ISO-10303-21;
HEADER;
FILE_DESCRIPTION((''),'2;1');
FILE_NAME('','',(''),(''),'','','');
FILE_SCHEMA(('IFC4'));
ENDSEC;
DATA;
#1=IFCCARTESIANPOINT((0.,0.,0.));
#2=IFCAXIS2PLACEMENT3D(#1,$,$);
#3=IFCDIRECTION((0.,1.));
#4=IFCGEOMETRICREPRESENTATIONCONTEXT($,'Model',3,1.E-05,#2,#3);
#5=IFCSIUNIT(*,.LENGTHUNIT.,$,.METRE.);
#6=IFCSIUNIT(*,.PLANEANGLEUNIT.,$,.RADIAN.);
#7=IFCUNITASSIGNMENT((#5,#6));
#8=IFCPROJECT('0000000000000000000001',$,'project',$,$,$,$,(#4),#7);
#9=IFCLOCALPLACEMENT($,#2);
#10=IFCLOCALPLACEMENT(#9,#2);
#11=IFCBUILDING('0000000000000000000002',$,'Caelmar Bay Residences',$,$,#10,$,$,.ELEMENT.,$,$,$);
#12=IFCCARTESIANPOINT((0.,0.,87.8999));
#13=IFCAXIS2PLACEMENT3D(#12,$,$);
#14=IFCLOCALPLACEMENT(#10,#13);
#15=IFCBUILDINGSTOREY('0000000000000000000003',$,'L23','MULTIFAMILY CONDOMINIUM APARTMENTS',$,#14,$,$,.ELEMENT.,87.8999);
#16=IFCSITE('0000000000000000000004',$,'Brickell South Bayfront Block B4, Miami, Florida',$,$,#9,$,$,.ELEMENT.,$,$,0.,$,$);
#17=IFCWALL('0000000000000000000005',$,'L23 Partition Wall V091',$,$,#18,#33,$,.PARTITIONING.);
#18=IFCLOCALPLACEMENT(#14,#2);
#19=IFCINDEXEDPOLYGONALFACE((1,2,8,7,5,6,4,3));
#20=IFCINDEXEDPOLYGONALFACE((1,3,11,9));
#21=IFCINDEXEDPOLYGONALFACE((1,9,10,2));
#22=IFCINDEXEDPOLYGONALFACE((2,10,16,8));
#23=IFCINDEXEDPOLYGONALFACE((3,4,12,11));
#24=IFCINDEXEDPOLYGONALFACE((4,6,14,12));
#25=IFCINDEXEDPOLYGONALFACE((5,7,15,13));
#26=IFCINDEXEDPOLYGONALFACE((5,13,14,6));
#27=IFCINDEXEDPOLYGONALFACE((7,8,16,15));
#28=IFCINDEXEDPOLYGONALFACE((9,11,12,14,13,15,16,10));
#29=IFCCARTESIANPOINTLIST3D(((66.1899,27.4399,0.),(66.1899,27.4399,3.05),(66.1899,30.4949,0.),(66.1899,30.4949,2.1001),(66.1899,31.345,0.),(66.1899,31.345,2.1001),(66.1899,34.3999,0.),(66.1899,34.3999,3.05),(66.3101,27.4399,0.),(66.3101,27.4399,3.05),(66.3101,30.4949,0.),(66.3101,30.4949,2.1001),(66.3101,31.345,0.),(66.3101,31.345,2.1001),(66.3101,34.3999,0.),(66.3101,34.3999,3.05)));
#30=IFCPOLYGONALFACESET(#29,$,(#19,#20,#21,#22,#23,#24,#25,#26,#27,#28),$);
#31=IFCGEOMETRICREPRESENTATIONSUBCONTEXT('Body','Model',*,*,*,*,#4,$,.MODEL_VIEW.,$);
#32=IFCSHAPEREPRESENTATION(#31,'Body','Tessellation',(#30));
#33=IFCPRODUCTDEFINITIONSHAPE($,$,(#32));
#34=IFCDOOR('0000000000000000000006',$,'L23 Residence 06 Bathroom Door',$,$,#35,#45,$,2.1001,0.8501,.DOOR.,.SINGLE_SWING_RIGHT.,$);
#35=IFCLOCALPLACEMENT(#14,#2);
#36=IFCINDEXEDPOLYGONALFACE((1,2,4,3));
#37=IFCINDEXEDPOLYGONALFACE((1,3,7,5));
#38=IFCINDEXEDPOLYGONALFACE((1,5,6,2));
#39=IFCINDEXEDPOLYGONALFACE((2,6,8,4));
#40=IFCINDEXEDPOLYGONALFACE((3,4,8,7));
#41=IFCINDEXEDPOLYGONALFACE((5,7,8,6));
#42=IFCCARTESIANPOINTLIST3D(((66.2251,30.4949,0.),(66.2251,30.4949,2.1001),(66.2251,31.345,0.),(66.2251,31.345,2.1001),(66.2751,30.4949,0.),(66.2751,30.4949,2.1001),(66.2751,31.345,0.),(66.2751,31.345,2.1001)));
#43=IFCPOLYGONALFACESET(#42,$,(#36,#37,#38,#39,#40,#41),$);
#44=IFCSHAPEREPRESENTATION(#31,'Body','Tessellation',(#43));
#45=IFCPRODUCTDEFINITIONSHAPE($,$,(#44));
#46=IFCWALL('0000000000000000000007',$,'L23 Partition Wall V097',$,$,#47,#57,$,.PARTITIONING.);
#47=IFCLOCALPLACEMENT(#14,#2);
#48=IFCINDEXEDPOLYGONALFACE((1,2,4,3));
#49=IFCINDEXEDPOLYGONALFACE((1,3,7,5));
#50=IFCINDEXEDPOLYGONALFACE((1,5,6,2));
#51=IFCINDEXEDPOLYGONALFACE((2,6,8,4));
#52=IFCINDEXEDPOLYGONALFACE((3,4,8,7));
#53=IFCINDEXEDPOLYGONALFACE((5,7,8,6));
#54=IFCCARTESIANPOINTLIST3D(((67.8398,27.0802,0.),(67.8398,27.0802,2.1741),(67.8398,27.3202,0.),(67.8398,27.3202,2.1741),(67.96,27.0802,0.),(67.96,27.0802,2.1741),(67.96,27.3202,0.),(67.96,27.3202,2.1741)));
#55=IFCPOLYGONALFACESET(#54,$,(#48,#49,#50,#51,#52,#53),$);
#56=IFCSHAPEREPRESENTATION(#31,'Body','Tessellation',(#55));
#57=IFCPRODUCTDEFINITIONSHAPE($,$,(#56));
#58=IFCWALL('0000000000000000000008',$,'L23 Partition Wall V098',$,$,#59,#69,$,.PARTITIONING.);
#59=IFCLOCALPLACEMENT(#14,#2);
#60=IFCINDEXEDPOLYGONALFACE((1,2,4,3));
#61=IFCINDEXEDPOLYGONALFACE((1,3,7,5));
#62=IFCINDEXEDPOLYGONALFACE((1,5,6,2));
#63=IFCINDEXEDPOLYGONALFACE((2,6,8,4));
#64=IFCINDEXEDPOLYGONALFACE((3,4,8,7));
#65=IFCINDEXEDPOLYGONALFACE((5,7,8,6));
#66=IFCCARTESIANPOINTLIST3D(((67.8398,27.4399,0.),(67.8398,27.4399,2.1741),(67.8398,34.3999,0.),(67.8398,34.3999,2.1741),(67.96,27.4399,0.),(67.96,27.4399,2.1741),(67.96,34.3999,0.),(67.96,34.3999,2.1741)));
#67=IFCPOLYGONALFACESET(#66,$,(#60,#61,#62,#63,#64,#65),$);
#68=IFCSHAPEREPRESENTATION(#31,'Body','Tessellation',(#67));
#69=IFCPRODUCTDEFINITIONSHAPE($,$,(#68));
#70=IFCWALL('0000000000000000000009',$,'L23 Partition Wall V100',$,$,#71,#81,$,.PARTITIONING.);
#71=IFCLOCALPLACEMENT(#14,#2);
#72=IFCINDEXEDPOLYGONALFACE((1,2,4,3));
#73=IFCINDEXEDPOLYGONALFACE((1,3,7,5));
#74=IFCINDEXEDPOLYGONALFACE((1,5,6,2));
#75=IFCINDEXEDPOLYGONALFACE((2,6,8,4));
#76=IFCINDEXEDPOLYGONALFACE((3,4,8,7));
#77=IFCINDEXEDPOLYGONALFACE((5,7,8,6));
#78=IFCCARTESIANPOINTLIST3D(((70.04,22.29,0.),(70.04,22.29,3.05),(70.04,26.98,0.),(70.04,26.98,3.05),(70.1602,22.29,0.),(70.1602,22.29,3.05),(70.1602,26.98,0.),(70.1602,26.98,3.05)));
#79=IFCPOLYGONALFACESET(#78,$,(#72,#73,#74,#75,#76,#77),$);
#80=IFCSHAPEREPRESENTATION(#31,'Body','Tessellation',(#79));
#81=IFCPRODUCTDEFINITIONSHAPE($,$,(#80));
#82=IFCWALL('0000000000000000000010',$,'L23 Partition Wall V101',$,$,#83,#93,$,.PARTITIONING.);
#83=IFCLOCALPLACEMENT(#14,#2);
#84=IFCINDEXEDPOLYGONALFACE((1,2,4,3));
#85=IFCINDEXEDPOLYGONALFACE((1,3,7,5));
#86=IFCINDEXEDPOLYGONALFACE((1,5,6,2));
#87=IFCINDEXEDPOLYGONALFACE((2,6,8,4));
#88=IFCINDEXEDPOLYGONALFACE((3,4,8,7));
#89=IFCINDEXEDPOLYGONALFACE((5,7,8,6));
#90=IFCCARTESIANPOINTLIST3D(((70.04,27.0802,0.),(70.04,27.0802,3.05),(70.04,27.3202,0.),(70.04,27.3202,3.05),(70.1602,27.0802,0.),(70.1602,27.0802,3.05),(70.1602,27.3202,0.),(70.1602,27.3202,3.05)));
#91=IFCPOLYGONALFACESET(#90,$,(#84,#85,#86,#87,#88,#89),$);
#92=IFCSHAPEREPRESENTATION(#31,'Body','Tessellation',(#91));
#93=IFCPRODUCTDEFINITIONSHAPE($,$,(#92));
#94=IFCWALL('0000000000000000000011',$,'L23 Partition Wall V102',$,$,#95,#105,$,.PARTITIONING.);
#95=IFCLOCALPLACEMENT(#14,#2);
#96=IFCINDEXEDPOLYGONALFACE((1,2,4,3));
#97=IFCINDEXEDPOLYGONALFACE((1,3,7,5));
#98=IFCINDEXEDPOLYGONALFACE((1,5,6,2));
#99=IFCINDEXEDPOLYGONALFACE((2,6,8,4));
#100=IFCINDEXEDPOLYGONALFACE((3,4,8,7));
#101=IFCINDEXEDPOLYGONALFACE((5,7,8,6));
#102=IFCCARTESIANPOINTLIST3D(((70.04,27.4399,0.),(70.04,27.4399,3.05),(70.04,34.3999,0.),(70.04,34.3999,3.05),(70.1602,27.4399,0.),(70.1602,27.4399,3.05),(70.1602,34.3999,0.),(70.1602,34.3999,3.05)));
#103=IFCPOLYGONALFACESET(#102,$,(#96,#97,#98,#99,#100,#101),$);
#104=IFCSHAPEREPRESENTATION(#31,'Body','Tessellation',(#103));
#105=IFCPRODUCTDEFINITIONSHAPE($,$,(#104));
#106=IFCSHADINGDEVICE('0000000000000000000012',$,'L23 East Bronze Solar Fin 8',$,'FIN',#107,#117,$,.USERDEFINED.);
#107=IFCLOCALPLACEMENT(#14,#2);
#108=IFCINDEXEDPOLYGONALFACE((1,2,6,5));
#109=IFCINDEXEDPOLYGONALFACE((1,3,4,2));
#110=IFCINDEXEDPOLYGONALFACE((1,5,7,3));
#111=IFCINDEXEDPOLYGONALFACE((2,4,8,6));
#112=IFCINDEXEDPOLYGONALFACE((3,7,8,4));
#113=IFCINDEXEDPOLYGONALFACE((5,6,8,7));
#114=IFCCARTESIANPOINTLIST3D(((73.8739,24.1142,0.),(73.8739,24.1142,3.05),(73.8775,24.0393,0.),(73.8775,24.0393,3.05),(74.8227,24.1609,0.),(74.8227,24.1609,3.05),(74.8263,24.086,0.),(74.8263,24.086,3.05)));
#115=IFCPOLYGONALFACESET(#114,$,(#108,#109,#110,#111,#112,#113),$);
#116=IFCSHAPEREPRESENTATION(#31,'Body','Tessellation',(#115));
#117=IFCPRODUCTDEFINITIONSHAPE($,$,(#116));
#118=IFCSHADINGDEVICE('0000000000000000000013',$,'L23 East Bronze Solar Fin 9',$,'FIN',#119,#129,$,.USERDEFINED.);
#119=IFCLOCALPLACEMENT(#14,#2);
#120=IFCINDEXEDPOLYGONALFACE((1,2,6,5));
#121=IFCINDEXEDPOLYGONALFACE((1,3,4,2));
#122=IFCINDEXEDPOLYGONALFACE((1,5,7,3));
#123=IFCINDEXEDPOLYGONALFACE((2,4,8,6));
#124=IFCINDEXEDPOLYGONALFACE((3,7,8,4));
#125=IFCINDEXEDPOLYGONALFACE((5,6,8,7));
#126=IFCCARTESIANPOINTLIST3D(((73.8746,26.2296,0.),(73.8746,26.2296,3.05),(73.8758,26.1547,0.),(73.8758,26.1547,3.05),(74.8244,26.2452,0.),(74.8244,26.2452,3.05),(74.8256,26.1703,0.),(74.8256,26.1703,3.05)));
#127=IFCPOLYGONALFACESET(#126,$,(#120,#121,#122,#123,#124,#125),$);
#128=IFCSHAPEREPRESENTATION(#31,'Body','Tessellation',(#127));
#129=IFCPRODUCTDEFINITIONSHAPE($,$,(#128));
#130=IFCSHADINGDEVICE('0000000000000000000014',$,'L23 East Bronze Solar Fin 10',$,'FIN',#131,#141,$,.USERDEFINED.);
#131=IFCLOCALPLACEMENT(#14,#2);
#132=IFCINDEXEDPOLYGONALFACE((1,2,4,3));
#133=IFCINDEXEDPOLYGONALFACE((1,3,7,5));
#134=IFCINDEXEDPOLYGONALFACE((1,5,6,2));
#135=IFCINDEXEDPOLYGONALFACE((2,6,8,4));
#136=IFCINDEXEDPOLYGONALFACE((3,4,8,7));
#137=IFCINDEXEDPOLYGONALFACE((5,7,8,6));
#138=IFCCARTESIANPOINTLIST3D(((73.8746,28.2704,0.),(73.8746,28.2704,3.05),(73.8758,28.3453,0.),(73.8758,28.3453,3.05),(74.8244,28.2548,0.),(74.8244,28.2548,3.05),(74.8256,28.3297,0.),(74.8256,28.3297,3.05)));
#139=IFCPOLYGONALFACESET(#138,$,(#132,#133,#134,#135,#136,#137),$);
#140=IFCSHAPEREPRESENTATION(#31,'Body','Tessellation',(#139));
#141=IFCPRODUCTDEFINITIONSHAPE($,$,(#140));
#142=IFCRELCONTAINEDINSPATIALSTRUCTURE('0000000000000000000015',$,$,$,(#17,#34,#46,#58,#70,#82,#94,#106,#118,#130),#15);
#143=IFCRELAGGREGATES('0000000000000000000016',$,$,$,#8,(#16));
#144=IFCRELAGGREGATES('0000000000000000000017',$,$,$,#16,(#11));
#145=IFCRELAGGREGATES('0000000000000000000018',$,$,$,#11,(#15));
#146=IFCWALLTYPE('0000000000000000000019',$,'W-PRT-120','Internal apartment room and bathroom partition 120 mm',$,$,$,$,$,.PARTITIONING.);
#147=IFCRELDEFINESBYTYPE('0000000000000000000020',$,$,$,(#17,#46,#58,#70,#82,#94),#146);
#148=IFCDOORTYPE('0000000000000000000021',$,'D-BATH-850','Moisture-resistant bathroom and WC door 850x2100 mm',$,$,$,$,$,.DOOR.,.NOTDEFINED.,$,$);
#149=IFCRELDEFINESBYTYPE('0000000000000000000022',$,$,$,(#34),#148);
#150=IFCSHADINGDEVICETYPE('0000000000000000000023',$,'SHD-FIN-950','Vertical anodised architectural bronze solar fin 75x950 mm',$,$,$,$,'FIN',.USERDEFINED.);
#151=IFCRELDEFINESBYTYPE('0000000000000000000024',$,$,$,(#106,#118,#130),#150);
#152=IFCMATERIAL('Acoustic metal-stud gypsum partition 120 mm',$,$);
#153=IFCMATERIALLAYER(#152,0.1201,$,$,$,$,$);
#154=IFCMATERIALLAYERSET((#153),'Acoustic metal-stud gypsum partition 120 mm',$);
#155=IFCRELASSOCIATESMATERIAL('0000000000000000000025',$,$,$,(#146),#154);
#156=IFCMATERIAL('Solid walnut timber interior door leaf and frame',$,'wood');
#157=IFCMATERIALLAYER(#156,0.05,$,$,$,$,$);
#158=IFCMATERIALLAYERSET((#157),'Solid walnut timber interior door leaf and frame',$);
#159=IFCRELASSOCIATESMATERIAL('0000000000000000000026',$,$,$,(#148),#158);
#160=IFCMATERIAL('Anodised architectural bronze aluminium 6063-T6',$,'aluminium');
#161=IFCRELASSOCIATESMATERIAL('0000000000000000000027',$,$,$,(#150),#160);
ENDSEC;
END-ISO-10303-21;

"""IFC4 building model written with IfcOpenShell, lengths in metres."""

from ifc_helpers import new_model, si_unit, direction, frame, frame_2d, origin, origin_2d, place, context, subcontext, project, spatial, rectangle, extrude, material, layer, layer_set, material_profile, profile_set, type_object, element, fill, save


model = new_model("IFC4")

# Units and contexts
model_context = context("Model", 3, precision=1e-05, world=origin(), true_north=direction((0.0, 1.0)))
body_context = subcontext(model_context, "Body", "Model", "MODEL_VIEW")
ifc_project = project(units=[si_unit("LENGTHUNIT", "METRE"), si_unit("PLANEANGLEUNIT", "RADIAN")], contexts=[model_context])

# Site, building, storey
site_placement = place(None, origin())
site = spatial("IfcSite", under=ifc_project, at=site_placement, Name="Brickell South Bayfront Block B4, Miami, Florida", CompositionType="ELEMENT", RefElevation=0.0)
building_placement = place(site_placement, origin())
building = spatial("IfcBuilding", under=site, at=building_placement, Name="Caelmar Bay Residences", CompositionType="ELEMENT")
storey_placement = place(building_placement, frame((0.0, 0.0, 87.8999)))
storey = spatial("IfcBuildingStorey", under=building, at=storey_placement, Name="L23", Description="MULTIFAMILY CONDOMINIUM APARTMENTS", CompositionType="ELEMENT", Elevation=87.8999)

# Shared definitions
ifc_material_1 = material(Name="Solid walnut timber interior door leaf and frame", Category="wood")
ifc_material_2 = material(Name="Acoustic metal-stud gypsum partition 120 mm")
ifc_layer_1 = layer(ifc_material_2, 0.1201)
ifc_layer_set_1 = layer_set([ifc_layer_1], Name="Acoustic metal-stud gypsum partition 120 mm")
wall_type_1 = type_object("IfcWallType", Name="W-PRT-120", Description="Internal apartment room and bathroom partition 120 mm", PredefinedType="PARTITIONING", material=ifc_layer_set_1)

# Wall, opening, door
wall_1_placement = place(storey_placement, frame((66.25, 27.4399, 0.0), z_axis=(0.0, 0.0, 1.0), x_axis=(0.0, 1.0, 0.0)))
wall_1 = element("IfcWall", 1, at=wall_1_placement, inside=storey, type_object=wall_type_1, Name="L23 Partition Wall V091", PredefinedType="PARTITIONING", context=body_context, shape_type="SweptSolid", body=[
    extrude(rectangle(XDim=6.96, YDim=0.1201, at=frame_2d((3.48, 0.0))), origin(), (0.0, 0.0, 1.0), 3.05),
])
opening_1_placement = place(wall_1_placement, frame((3.0549, 0.0, 0.0)))
opening_1 = element("IfcOpeningElement", 2, at=opening_1_placement, cuts=wall_1, PredefinedType="OPENING", context=body_context, shape_type="SweptSolid", body=[
    extrude(rectangle(XDim=0.8501, YDim=2.1001, at=frame_2d((0.425, 1.05))), frame((0.0, 0.0701, 0.0), z_axis=(0.0, -1.0, 0.0), x_axis=(1.0, 0.0, 0.0)), (0.0, 0.0, 1.0), 0.1401),
])
ifc_layer_2 = layer(ifc_material_1, 0.05)
ifc_layer_set_2 = layer_set([ifc_layer_2], Name="Solid walnut timber interior door leaf and frame")
door_type_1 = type_object("IfcDoorType", Name="D-BATH-850", Description="Moisture-resistant bathroom and WC door 850x2100 mm", OperationType="NOTDEFINED", PredefinedType="DOOR", material=ifc_layer_set_2)
door_1_placement = place(opening_1_placement, origin())
door_1 = element("IfcDoor", 3, at=door_1_placement, inside=storey, type_object=door_type_1, Name="L23 Residence 06 Bathroom Door", OperationType="SINGLE_SWING_RIGHT", OverallHeight=2.1001, OverallWidth=0.8501, PredefinedType="DOOR", context=body_context, shape_type="SweptSolid", body=[
    extrude(rectangle(XDim=0.8501, YDim=2.1001, at=frame_2d((0.425, 1.05))), frame((0.0, 0.0249, 0.0), z_axis=(0.0, -1.0, 0.0), x_axis=(1.0, 0.0, 0.0)), (0.0, 0.0, 1.0), 0.05),
])
fill(opening_1, door_1)

# Walls
wall_2_placement = place(storey_placement, frame((67.8999, 27.0801, 0.0), z_axis=(0.0, 0.0, 1.0), x_axis=(0.0, 1.0, 0.0)))
element("IfcWall", 4, at=wall_2_placement, inside=storey, type_object=wall_type_1, Name="L23 Partition Wall V097", PredefinedType="PARTITIONING", context=body_context, shape_type="SweptSolid", body=[
    extrude(rectangle(XDim=0.24, YDim=0.1201, at=frame_2d((0.1201, 0.0))), origin(), (0.0, 0.0, 1.0), 2.1741),
])
wall_3_placement = place(storey_placement, frame((67.8999, 27.4399, 0.0), z_axis=(0.0, 0.0, 1.0), x_axis=(0.0, 1.0, 0.0)))
element("IfcWall", 5, at=wall_3_placement, inside=storey, type_object=wall_type_1, Name="L23 Partition Wall V098", PredefinedType="PARTITIONING", context=body_context, shape_type="SweptSolid", body=[
    extrude(rectangle(XDim=6.96, YDim=0.1201, at=frame_2d((3.48, 0.0))), origin(), (0.0, 0.0, 1.0), 2.1741),
])
wall_4_placement = place(storey_placement, frame((70.1001, 22.29, 0.0), z_axis=(0.0, 0.0, 1.0), x_axis=(0.0, 1.0, 0.0)))
element("IfcWall", 6, at=wall_4_placement, inside=storey, type_object=wall_type_1, Name="L23 Partition Wall V100", PredefinedType="PARTITIONING", context=body_context, shape_type="SweptSolid", body=[
    extrude(rectangle(XDim=4.6899, YDim=0.1201, at=frame_2d((2.345, 0.0))), origin(), (0.0, 0.0, 1.0), 3.05),
])
wall_5_placement = place(storey_placement, frame((70.1001, 27.0801, 0.0), z_axis=(0.0, 0.0, 1.0), x_axis=(0.0, 1.0, 0.0)))
element("IfcWall", 7, at=wall_5_placement, inside=storey, type_object=wall_type_1, Name="L23 Partition Wall V101", PredefinedType="PARTITIONING", context=body_context, shape_type="SweptSolid", body=[
    extrude(rectangle(XDim=0.24, YDim=0.1201, at=frame_2d((0.1201, 0.0))), origin(), (0.0, 0.0, 1.0), 3.05),
])
wall_6_placement = place(storey_placement, frame((70.1001, 27.4399, 0.0), z_axis=(0.0, 0.0, 1.0), x_axis=(0.0, 1.0, 0.0)))
element("IfcWall", 8, at=wall_6_placement, inside=storey, type_object=wall_type_1, Name="L23 Partition Wall V102", PredefinedType="PARTITIONING", context=body_context, shape_type="SweptSolid", body=[
    extrude(rectangle(XDim=6.96, YDim=0.1201, at=frame_2d((3.48, 0.0))), origin(), (0.0, 0.0, 1.0), 3.05),
])

# Shading devices
ifc_material_3 = material(Name="Anodised architectural bronze aluminium 6063-T6", Category="aluminium")
ifc_material_profile_1 = material_profile(ifc_material_3, rectangle(XDim=0.075, YDim=0.95, at=origin_2d()), Name="BRONZE-FIN-75X950")
ifc_profile_set_1 = profile_set([ifc_material_profile_1], Name="Anodised architectural bronze aluminium 6063-T6")
shading_device_type = type_object("IfcShadingDeviceType", Name="SHD-FIN-950", Description="Vertical anodised architectural bronze solar fin 75x950 mm", ElementType="FIN", PredefinedType="USERDEFINED", material=ifc_profile_set_1)
for number, where, z_axis, x_axis, name in (
    (9, (74.3501, 24.1001, 0.0), (0.0, 0.0, 1.0), (-0.049198, 0.998789, 0.0), "L23 East Bronze Solar Fin 8"),
    (10, (74.3501, 26.2, 0.0), (0.0, 0.0, 1.0), (-0.016405, 0.999865, 0.0), "L23 East Bronze Solar Fin 9"),
    (11, (74.3501, 28.3, 0.0), (0.0, 0.0, 1.0), (0.016405, 0.999865, 0.0), "L23 East Bronze Solar Fin 10"),
):
    element("IfcShadingDevice", number, at=place(storey_placement, frame(where, z_axis=z_axis, x_axis=x_axis)), inside=storey, type_object=shading_device_type, Name=name, ObjectType="FIN", PredefinedType="USERDEFINED", context=body_context, shape_type="SweptSolid", body=[
        extrude(rectangle(XDim=0.075, YDim=0.95, at=origin_2d()), origin(), (0.0, 0.0, 1.0), 3.05),
    ])

save(model, "model.ifc")
